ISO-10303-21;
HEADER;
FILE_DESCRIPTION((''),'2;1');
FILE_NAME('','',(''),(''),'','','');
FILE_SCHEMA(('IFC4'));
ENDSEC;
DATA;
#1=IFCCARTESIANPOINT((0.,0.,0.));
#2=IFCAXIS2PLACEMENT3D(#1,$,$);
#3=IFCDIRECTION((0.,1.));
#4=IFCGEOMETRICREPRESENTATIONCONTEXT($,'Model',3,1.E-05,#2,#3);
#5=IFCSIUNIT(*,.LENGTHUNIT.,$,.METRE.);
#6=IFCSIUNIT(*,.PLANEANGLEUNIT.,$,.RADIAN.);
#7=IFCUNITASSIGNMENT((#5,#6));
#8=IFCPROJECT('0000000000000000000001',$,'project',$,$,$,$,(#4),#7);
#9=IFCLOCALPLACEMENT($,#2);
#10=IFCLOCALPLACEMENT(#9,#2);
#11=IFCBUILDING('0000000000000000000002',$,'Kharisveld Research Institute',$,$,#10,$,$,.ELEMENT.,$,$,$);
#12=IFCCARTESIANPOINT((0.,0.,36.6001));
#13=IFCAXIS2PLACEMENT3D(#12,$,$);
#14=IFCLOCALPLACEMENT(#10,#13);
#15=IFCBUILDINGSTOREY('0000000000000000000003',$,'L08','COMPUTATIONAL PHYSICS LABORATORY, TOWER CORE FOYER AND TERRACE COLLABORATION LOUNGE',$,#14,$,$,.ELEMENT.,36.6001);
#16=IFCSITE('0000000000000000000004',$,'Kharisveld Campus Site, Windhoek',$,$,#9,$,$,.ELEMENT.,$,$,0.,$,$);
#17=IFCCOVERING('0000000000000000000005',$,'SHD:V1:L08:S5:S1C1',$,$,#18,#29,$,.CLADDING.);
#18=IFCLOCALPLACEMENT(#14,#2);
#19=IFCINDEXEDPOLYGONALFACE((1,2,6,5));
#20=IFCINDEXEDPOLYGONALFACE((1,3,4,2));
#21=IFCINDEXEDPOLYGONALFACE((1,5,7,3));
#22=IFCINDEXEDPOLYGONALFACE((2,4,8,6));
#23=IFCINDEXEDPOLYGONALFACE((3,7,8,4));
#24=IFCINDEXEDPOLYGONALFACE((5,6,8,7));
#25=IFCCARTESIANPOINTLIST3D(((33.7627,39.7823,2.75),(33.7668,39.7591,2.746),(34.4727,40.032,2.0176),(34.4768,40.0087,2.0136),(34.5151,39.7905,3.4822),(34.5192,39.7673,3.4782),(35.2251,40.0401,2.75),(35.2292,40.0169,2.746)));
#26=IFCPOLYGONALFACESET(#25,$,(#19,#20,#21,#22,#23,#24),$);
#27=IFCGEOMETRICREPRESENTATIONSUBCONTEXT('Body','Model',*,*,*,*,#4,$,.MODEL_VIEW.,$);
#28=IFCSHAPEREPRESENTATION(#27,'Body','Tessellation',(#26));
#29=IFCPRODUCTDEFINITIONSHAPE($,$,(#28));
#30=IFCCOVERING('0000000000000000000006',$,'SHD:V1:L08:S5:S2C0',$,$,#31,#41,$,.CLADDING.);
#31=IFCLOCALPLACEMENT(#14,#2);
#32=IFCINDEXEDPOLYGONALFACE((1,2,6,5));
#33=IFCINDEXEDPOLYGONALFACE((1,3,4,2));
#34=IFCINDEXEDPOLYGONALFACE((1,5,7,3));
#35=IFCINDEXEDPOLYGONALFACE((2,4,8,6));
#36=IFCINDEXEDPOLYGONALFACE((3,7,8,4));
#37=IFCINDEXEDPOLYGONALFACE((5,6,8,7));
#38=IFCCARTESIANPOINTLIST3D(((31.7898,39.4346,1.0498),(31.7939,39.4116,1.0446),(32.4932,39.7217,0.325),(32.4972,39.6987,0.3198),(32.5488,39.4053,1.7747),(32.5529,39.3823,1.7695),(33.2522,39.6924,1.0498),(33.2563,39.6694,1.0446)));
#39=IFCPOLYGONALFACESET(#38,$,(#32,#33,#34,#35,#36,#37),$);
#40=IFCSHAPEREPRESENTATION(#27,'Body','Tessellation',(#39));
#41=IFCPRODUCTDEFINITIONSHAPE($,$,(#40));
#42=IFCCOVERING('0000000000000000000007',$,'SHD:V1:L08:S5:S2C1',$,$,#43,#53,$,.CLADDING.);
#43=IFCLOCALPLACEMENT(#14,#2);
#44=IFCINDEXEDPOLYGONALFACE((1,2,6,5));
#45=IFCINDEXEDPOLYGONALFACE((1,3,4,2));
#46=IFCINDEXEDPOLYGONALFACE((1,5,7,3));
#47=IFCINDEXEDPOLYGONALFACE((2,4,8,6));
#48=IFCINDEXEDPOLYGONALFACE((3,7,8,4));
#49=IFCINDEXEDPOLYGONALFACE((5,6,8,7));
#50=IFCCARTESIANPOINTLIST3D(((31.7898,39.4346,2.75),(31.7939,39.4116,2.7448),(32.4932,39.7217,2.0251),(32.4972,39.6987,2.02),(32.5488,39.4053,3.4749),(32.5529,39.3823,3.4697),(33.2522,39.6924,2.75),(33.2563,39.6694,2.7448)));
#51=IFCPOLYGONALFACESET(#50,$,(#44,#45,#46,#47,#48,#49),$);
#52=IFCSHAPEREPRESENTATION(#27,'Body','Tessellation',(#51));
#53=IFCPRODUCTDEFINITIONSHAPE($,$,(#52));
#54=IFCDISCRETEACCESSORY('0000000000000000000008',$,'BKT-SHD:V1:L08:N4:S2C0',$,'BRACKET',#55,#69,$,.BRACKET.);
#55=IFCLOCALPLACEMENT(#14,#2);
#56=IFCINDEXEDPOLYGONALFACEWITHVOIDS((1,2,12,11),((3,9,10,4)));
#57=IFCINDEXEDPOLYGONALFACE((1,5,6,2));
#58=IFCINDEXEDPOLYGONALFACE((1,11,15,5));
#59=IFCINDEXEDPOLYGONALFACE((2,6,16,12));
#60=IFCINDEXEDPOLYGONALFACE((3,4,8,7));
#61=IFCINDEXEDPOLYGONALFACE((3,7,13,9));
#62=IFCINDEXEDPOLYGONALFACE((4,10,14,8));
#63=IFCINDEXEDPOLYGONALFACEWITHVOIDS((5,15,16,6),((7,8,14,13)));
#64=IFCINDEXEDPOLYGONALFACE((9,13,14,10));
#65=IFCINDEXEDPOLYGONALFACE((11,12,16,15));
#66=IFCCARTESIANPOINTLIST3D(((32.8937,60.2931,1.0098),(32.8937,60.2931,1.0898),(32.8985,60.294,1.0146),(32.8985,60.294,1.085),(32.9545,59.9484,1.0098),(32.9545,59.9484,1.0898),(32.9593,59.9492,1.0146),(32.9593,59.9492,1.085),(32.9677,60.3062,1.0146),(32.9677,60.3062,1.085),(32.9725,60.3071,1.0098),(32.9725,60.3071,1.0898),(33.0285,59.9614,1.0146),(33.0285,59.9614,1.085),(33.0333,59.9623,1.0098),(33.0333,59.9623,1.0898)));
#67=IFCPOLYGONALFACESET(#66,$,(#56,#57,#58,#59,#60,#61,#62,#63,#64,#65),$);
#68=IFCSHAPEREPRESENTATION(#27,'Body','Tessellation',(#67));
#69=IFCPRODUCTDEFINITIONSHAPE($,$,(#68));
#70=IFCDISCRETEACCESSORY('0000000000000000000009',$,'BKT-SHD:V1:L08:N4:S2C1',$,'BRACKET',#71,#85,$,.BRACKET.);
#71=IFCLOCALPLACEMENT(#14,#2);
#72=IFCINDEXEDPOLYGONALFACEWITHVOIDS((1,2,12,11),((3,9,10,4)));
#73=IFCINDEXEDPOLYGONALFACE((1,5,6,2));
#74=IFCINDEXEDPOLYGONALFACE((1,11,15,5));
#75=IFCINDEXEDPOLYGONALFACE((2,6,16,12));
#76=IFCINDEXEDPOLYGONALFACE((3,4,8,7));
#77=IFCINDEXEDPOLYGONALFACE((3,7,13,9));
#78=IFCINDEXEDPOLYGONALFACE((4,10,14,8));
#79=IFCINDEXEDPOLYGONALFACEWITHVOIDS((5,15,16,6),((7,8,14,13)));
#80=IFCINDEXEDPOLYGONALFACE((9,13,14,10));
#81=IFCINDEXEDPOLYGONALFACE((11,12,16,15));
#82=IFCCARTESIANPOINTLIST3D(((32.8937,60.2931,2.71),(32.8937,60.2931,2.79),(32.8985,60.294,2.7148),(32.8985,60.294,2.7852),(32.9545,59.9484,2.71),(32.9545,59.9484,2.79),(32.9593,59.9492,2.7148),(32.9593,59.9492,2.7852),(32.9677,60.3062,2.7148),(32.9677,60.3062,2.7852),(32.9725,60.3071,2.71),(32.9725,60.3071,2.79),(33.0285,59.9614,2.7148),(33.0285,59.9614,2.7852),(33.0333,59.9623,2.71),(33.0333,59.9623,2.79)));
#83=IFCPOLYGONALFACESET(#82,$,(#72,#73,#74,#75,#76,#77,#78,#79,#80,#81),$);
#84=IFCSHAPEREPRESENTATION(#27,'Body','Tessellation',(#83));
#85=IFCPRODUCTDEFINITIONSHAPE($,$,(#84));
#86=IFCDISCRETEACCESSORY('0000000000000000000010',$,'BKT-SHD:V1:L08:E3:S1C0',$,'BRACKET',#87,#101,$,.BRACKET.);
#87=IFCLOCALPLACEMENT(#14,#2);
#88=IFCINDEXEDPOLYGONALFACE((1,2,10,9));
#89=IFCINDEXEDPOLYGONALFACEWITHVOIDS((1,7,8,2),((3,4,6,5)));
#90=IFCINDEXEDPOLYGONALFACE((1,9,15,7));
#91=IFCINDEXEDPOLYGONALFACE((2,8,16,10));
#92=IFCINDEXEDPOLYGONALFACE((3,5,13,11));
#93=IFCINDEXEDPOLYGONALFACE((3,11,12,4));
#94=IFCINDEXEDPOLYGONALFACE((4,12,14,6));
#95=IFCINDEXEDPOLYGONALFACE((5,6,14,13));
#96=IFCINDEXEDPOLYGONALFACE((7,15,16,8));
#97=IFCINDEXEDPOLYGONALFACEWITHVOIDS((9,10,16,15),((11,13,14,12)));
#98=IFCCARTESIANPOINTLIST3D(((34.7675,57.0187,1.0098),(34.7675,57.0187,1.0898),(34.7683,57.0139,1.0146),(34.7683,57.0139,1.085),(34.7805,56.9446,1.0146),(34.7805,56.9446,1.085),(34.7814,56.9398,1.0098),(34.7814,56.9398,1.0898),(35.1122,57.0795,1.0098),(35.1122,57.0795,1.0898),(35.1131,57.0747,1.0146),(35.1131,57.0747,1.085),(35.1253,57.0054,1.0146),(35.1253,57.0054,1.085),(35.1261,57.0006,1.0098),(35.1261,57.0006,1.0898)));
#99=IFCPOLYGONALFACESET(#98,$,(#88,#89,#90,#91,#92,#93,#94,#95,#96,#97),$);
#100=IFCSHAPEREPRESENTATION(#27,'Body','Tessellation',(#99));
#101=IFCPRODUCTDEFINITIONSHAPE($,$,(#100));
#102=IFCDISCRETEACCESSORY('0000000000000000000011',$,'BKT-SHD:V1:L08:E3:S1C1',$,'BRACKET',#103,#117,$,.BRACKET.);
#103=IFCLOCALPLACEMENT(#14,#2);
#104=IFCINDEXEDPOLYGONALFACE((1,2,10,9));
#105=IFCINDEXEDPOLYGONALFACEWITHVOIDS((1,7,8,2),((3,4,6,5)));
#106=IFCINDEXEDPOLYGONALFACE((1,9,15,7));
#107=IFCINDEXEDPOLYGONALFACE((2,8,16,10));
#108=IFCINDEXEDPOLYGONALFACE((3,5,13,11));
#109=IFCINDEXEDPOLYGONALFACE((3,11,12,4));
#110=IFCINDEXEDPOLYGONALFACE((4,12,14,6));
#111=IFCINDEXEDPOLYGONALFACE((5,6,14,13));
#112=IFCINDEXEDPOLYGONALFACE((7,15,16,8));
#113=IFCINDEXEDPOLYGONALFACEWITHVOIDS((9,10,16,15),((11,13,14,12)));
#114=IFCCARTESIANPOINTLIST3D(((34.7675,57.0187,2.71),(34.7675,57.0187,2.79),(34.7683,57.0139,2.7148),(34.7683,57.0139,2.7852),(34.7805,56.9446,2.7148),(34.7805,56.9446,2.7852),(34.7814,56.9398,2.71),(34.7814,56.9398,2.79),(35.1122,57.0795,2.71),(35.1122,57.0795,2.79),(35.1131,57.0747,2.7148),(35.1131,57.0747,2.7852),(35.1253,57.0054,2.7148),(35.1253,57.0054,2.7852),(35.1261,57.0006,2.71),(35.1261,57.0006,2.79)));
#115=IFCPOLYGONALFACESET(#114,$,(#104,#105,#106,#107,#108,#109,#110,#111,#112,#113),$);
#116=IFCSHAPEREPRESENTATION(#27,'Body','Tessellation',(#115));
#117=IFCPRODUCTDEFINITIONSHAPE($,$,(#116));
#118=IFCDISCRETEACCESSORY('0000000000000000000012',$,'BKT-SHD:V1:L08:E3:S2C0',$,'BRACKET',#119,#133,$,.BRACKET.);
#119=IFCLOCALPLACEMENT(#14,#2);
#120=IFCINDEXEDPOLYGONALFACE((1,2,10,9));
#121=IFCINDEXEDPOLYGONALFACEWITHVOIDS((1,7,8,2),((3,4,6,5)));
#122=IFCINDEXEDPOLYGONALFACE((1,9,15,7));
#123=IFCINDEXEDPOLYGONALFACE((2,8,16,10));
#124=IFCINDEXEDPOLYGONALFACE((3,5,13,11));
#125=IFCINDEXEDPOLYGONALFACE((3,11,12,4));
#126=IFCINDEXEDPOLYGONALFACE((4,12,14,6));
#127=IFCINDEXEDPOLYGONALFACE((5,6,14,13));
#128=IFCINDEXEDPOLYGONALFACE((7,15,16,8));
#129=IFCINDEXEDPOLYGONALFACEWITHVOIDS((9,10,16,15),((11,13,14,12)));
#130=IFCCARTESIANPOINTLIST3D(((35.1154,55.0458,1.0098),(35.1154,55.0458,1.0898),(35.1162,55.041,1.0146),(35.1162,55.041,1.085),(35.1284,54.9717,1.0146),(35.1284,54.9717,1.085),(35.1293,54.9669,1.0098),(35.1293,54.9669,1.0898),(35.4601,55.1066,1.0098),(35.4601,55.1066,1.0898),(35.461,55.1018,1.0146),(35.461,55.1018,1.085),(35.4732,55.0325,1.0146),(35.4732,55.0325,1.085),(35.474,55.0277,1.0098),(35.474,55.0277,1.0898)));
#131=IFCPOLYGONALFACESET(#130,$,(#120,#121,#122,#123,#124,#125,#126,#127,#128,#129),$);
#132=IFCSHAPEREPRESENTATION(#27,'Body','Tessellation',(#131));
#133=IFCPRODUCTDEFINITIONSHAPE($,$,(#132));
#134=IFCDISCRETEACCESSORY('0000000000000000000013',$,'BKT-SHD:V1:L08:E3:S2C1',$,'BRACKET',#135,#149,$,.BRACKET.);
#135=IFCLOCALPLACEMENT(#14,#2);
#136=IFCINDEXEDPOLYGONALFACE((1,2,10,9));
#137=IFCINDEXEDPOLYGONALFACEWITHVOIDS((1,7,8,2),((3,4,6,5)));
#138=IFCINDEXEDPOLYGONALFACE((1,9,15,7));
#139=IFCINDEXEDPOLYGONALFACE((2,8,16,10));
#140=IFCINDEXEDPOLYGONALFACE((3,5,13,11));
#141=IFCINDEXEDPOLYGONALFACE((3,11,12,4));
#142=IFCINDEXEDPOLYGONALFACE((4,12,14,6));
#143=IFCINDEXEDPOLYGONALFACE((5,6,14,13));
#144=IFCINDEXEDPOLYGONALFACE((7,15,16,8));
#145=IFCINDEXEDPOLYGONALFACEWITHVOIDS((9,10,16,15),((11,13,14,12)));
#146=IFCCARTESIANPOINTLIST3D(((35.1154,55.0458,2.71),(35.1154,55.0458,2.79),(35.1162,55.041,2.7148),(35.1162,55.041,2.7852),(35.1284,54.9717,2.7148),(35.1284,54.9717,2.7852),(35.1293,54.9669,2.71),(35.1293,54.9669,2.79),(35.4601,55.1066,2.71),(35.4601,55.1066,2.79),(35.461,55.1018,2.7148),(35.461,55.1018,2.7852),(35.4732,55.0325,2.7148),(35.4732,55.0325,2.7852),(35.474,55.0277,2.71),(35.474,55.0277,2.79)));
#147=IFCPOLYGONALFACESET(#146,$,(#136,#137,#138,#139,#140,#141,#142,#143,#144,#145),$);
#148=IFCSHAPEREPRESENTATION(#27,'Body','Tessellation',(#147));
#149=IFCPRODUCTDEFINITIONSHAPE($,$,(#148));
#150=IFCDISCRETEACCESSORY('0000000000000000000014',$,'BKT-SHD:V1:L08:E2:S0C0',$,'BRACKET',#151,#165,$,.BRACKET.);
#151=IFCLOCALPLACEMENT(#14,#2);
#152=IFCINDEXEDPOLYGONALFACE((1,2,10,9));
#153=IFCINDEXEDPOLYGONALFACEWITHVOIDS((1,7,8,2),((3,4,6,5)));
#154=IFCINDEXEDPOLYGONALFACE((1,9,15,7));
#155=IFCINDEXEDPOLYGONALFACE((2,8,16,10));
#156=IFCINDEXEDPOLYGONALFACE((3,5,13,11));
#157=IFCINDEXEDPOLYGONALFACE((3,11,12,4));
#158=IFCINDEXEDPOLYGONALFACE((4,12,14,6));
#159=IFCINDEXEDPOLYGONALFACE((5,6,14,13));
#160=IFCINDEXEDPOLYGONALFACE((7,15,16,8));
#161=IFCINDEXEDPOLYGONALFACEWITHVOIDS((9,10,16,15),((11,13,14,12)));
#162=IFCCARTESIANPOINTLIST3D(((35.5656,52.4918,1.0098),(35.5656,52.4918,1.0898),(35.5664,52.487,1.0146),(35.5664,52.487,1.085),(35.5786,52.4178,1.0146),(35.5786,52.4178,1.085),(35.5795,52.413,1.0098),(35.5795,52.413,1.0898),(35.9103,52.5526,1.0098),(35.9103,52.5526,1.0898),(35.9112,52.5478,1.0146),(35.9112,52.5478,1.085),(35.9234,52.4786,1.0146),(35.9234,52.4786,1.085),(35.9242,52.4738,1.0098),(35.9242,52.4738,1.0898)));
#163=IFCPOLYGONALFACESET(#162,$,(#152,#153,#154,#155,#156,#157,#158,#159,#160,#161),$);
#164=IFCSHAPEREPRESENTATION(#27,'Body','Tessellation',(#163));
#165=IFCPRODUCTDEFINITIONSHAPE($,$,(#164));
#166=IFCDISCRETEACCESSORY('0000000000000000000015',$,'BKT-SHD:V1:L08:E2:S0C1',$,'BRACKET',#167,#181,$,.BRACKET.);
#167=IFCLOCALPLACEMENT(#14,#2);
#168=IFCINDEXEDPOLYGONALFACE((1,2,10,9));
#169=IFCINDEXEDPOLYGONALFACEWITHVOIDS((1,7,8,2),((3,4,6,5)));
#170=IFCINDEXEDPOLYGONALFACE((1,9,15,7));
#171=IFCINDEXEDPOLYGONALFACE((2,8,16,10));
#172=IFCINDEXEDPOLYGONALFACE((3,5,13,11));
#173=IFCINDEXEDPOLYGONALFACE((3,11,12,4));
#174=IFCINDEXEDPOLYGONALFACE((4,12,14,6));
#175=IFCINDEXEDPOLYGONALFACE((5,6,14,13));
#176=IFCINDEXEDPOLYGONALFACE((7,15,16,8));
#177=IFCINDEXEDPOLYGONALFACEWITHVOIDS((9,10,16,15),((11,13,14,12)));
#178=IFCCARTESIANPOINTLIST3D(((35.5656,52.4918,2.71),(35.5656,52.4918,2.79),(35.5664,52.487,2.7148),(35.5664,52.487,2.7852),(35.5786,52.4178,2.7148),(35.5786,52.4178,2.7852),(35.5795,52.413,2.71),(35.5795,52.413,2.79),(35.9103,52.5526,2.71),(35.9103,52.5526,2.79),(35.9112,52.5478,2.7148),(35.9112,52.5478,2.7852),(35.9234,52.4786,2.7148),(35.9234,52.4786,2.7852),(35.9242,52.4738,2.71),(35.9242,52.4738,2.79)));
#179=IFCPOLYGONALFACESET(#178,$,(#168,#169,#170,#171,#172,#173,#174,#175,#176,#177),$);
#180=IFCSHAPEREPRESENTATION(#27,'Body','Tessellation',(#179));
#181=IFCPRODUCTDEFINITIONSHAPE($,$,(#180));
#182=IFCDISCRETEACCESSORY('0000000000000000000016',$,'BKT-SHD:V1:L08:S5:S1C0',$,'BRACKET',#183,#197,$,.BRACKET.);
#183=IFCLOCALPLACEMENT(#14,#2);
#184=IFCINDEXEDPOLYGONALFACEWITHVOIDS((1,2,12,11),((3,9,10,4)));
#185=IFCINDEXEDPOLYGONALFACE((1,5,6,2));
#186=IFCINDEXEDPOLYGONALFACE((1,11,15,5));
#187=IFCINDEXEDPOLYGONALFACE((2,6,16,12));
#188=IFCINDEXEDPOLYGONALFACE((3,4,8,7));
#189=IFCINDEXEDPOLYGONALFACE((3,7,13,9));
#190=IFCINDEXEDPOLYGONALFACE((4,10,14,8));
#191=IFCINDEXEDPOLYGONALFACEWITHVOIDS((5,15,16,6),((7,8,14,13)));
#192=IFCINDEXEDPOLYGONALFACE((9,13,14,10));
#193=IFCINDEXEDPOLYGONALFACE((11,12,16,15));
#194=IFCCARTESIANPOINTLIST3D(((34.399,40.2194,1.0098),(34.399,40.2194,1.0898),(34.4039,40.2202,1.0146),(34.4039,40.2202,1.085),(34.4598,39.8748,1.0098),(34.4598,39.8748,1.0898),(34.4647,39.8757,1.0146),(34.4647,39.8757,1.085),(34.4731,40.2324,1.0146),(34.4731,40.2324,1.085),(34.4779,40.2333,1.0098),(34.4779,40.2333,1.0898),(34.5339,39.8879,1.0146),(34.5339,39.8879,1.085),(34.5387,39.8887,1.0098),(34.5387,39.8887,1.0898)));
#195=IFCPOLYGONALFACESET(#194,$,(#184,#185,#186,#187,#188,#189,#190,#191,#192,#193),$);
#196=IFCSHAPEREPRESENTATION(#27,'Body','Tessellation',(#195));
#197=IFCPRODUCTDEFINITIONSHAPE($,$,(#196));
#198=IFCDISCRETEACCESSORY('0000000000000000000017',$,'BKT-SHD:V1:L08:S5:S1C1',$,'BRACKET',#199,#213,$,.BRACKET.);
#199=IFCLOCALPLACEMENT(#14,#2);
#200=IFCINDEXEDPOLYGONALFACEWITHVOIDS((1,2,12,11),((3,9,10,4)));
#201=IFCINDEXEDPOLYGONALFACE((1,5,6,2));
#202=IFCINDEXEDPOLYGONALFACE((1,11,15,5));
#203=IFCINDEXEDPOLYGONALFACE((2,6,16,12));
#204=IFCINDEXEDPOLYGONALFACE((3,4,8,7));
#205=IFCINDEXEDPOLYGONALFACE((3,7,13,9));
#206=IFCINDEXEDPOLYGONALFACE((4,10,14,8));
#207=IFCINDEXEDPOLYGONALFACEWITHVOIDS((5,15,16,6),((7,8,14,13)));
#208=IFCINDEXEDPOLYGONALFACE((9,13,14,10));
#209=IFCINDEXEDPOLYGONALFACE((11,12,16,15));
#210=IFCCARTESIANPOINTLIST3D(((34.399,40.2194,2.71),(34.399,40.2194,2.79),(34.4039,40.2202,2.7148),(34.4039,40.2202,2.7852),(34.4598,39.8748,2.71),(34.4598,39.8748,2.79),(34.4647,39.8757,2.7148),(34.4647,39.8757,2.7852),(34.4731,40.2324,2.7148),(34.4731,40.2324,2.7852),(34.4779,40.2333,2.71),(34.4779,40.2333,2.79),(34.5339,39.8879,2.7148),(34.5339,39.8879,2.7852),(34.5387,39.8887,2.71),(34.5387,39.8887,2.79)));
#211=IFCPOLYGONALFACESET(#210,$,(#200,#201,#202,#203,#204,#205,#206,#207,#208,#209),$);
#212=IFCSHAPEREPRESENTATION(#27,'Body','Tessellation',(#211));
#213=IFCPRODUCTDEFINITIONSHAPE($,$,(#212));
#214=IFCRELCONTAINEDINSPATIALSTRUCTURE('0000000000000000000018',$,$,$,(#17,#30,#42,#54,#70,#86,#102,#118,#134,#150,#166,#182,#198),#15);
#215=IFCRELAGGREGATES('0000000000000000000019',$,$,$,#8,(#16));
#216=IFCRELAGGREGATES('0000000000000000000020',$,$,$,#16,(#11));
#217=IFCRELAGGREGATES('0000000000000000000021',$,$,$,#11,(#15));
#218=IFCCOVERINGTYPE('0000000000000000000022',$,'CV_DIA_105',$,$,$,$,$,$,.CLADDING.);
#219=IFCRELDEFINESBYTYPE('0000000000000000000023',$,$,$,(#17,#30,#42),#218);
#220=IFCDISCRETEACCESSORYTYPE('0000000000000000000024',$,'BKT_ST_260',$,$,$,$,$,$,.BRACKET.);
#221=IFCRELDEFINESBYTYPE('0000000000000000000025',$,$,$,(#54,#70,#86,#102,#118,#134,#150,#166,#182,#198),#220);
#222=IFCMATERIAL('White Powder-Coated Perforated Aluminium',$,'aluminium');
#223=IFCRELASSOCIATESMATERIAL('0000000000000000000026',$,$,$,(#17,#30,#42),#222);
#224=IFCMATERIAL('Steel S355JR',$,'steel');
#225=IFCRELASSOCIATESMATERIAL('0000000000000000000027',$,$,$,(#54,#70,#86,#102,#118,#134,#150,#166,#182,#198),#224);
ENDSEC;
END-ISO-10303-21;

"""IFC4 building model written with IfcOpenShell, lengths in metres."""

from ifc_helpers import new_model, si_unit, direction, frame, origin, origin_2d, place, context, subcontext, project, spatial, polyline, hollow_rectangle, outline, extrude, material, type_object, element, save


model = new_model("IFC4")

# Units and contexts
model_context = context("Model", 3, precision=1e-05, world=origin(), true_north=direction((0.0, 1.0)))
body_context = subcontext(model_context, "Body", "Model", "MODEL_VIEW")
ifc_project = project(units=[si_unit("LENGTHUNIT", "METRE"), si_unit("PLANEANGLEUNIT", "RADIAN")], contexts=[model_context])

# Site, building, storey
site_placement = place(None, origin())
site = spatial("IfcSite", under=ifc_project, at=site_placement, Name="Kharisveld Campus Site, Windhoek", CompositionType="ELEMENT", RefElevation=0.0)
building_placement = place(site_placement, origin())
building = spatial("IfcBuilding", under=site, at=building_placement, Name="Kharisveld Research Institute", CompositionType="ELEMENT")
storey_placement = place(building_placement, frame((0.0, 0.0, 36.6001)))
storey = spatial("IfcBuildingStorey", under=building, at=storey_placement, Name="L08", Description="COMPUTATIONAL PHYSICS LABORATORY, TOWER CORE FOYER AND TERRACE COLLABORATION LOUNGE", CompositionType="ELEMENT", Elevation=36.6001)

# Coverings
ifc_material_1 = material(Name="White Powder-Coated Perforated Aluminium", Category="aluminium")
covering_type = type_object("IfcCoveringType", Name="CV_DIA_105", PredefinedType="CLADDING")
covering_1_placement = place(storey_placement, frame((34.4727, 40.032, 2.0176), z_axis=(-0.171234, 0.971299, 0.165096), x_axis=(-0.676056, -0.237732, 0.697446)))
element("IfcCovering", 1, at=covering_1_placement, inside=storey, type_object=covering_type, material=ifc_material_1, Name="SHD:V1:L08:S5:S1C1", PredefinedType="CLADDING", context=body_context, shape_type="SweptSolid", body=[
    extrude(outline(polyline([(0.0, 0.0), (1.0501, 0.0), (1.0502, 1.0499), (0.0002, 1.0501), (0.0, 0.0)])), origin(), (0.0, 0.0, -1.0), 0.0239),
])
for number, where, z_axis, x_axis, name in (
    (2, (32.4932, 39.7217, 0.325), (-0.169504, 0.961487, 0.216358), (-0.669853, -0.273429, 0.690314), "SHD:V1:L08:S5:S2C0"),
    (3, (32.4932, 39.7217, 2.0251), (-0.169504, 0.961487, 0.216358), (-0.669853, -0.273429, 0.690314), "SHD:V1:L08:S5:S2C1"),
):
    element("IfcCovering", number, at=place(storey_placement, frame(where, z_axis=z_axis, x_axis=x_axis)), inside=storey, type_object=covering_type, material=ifc_material_1, Name=name, PredefinedType="CLADDING", context=body_context, shape_type="SweptSolid", body=[
        extrude(outline(polyline([(0.0, 0.0), (1.05, 0.0), (1.05, 1.05), (-0.0001, 1.05), (0.0, 0.0)])), origin(), (0.0, 0.0, -1.0), 0.0239),
    ])

# Discrete accessories
ifc_material_2 = material(Name="Steel S355JR", Category="steel")
discrete_accessory_type = type_object("IfcDiscreteAccessoryType", Name="BKT_ST_260", PredefinedType="BRACKET")
for number, where, z_axis, x_axis, name in (
    (4, (32.9939, 59.9553, 1.0498), (-0.173666, 0.984805, 0.0), (-0.984805, -0.173666, 0.0), "BKT-SHD:V1:L08:N4:S2C0"),
    (5, (32.9939, 59.9553, 2.75), (-0.173666, 0.984805, 0.0), (-0.984805, -0.173666, 0.0), "BKT-SHD:V1:L08:N4:S2C1"),
    (6, (34.7744, 56.9792, 1.0498), (0.984805, 0.173666, 0.0), (-0.173666, 0.984805, 0.0), "BKT-SHD:V1:L08:E3:S1C0"),
    (7, (34.7744, 56.9792, 2.75), (0.984805, 0.173666, 0.0), (-0.173666, 0.984805, 0.0), "BKT-SHD:V1:L08:E3:S1C1"),
    (8, (35.1223, 55.0063, 1.0498), (0.984805, 0.173666, 0.0), (-0.173666, 0.984805, 0.0), "BKT-SHD:V1:L08:E3:S2C0"),
    (9, (35.1223, 55.0063, 2.75), (0.984805, 0.173666, 0.0), (-0.173666, 0.984805, 0.0), "BKT-SHD:V1:L08:E3:S2C1"),
    (10, (35.5725, 52.4524, 1.0498), (0.984805, 0.173666, 0.0), (-0.173666, 0.984805, 0.0), "BKT-SHD:V1:L08:E2:S0C0"),
    (11, (35.5725, 52.4524, 2.75), (0.984805, 0.173666, 0.0), (-0.173666, 0.984805, 0.0), "BKT-SHD:V1:L08:E2:S0C1"),
):
    element("IfcDiscreteAccessory", number, at=place(storey_placement, frame(where, z_axis=z_axis, x_axis=x_axis)), inside=storey, type_object=discrete_accessory_type, material=ifc_material_2, Name=name, ObjectType="BRACKET", PredefinedType="BRACKET", context=body_context, shape_type="SweptSolid", body=[
        extrude(hollow_rectangle(XDim=0.0801, YDim=0.0801, WallThickness=0.0049, at=origin_2d()), origin(), (0.0, 0.0, 1.0), 0.3501),
    ])
for number, where, z_axis, x_axis, name in (
    (12, (34.4385, 40.2263, 1.0498), (0.173785, -0.984784, 0.0), (0.984784, 0.173785, 0.0), "BKT-SHD:V1:L08:S5:S1C0"),
    (13, (34.4385, 40.2263, 2.75), (0.173785, -0.984784, 0.0), (0.984784, 0.173785, 0.0), "BKT-SHD:V1:L08:S5:S1C1"),
):
    element("IfcDiscreteAccessory", number, at=place(storey_placement, frame(where, z_axis=z_axis, x_axis=x_axis)), inside=storey, type_object=discrete_accessory_type, material=ifc_material_2, Name=name, ObjectType="BRACKET", PredefinedType="BRACKET", context=body_context, shape_type="SweptSolid", body=[
        extrude(hollow_rectangle(XDim=0.0801, YDim=0.0801, WallThickness=0.0049, at=origin_2d()), origin(), (0.0, 0.0, 1.0), 0.3499),
    ])

save(model, "model.ifc")
